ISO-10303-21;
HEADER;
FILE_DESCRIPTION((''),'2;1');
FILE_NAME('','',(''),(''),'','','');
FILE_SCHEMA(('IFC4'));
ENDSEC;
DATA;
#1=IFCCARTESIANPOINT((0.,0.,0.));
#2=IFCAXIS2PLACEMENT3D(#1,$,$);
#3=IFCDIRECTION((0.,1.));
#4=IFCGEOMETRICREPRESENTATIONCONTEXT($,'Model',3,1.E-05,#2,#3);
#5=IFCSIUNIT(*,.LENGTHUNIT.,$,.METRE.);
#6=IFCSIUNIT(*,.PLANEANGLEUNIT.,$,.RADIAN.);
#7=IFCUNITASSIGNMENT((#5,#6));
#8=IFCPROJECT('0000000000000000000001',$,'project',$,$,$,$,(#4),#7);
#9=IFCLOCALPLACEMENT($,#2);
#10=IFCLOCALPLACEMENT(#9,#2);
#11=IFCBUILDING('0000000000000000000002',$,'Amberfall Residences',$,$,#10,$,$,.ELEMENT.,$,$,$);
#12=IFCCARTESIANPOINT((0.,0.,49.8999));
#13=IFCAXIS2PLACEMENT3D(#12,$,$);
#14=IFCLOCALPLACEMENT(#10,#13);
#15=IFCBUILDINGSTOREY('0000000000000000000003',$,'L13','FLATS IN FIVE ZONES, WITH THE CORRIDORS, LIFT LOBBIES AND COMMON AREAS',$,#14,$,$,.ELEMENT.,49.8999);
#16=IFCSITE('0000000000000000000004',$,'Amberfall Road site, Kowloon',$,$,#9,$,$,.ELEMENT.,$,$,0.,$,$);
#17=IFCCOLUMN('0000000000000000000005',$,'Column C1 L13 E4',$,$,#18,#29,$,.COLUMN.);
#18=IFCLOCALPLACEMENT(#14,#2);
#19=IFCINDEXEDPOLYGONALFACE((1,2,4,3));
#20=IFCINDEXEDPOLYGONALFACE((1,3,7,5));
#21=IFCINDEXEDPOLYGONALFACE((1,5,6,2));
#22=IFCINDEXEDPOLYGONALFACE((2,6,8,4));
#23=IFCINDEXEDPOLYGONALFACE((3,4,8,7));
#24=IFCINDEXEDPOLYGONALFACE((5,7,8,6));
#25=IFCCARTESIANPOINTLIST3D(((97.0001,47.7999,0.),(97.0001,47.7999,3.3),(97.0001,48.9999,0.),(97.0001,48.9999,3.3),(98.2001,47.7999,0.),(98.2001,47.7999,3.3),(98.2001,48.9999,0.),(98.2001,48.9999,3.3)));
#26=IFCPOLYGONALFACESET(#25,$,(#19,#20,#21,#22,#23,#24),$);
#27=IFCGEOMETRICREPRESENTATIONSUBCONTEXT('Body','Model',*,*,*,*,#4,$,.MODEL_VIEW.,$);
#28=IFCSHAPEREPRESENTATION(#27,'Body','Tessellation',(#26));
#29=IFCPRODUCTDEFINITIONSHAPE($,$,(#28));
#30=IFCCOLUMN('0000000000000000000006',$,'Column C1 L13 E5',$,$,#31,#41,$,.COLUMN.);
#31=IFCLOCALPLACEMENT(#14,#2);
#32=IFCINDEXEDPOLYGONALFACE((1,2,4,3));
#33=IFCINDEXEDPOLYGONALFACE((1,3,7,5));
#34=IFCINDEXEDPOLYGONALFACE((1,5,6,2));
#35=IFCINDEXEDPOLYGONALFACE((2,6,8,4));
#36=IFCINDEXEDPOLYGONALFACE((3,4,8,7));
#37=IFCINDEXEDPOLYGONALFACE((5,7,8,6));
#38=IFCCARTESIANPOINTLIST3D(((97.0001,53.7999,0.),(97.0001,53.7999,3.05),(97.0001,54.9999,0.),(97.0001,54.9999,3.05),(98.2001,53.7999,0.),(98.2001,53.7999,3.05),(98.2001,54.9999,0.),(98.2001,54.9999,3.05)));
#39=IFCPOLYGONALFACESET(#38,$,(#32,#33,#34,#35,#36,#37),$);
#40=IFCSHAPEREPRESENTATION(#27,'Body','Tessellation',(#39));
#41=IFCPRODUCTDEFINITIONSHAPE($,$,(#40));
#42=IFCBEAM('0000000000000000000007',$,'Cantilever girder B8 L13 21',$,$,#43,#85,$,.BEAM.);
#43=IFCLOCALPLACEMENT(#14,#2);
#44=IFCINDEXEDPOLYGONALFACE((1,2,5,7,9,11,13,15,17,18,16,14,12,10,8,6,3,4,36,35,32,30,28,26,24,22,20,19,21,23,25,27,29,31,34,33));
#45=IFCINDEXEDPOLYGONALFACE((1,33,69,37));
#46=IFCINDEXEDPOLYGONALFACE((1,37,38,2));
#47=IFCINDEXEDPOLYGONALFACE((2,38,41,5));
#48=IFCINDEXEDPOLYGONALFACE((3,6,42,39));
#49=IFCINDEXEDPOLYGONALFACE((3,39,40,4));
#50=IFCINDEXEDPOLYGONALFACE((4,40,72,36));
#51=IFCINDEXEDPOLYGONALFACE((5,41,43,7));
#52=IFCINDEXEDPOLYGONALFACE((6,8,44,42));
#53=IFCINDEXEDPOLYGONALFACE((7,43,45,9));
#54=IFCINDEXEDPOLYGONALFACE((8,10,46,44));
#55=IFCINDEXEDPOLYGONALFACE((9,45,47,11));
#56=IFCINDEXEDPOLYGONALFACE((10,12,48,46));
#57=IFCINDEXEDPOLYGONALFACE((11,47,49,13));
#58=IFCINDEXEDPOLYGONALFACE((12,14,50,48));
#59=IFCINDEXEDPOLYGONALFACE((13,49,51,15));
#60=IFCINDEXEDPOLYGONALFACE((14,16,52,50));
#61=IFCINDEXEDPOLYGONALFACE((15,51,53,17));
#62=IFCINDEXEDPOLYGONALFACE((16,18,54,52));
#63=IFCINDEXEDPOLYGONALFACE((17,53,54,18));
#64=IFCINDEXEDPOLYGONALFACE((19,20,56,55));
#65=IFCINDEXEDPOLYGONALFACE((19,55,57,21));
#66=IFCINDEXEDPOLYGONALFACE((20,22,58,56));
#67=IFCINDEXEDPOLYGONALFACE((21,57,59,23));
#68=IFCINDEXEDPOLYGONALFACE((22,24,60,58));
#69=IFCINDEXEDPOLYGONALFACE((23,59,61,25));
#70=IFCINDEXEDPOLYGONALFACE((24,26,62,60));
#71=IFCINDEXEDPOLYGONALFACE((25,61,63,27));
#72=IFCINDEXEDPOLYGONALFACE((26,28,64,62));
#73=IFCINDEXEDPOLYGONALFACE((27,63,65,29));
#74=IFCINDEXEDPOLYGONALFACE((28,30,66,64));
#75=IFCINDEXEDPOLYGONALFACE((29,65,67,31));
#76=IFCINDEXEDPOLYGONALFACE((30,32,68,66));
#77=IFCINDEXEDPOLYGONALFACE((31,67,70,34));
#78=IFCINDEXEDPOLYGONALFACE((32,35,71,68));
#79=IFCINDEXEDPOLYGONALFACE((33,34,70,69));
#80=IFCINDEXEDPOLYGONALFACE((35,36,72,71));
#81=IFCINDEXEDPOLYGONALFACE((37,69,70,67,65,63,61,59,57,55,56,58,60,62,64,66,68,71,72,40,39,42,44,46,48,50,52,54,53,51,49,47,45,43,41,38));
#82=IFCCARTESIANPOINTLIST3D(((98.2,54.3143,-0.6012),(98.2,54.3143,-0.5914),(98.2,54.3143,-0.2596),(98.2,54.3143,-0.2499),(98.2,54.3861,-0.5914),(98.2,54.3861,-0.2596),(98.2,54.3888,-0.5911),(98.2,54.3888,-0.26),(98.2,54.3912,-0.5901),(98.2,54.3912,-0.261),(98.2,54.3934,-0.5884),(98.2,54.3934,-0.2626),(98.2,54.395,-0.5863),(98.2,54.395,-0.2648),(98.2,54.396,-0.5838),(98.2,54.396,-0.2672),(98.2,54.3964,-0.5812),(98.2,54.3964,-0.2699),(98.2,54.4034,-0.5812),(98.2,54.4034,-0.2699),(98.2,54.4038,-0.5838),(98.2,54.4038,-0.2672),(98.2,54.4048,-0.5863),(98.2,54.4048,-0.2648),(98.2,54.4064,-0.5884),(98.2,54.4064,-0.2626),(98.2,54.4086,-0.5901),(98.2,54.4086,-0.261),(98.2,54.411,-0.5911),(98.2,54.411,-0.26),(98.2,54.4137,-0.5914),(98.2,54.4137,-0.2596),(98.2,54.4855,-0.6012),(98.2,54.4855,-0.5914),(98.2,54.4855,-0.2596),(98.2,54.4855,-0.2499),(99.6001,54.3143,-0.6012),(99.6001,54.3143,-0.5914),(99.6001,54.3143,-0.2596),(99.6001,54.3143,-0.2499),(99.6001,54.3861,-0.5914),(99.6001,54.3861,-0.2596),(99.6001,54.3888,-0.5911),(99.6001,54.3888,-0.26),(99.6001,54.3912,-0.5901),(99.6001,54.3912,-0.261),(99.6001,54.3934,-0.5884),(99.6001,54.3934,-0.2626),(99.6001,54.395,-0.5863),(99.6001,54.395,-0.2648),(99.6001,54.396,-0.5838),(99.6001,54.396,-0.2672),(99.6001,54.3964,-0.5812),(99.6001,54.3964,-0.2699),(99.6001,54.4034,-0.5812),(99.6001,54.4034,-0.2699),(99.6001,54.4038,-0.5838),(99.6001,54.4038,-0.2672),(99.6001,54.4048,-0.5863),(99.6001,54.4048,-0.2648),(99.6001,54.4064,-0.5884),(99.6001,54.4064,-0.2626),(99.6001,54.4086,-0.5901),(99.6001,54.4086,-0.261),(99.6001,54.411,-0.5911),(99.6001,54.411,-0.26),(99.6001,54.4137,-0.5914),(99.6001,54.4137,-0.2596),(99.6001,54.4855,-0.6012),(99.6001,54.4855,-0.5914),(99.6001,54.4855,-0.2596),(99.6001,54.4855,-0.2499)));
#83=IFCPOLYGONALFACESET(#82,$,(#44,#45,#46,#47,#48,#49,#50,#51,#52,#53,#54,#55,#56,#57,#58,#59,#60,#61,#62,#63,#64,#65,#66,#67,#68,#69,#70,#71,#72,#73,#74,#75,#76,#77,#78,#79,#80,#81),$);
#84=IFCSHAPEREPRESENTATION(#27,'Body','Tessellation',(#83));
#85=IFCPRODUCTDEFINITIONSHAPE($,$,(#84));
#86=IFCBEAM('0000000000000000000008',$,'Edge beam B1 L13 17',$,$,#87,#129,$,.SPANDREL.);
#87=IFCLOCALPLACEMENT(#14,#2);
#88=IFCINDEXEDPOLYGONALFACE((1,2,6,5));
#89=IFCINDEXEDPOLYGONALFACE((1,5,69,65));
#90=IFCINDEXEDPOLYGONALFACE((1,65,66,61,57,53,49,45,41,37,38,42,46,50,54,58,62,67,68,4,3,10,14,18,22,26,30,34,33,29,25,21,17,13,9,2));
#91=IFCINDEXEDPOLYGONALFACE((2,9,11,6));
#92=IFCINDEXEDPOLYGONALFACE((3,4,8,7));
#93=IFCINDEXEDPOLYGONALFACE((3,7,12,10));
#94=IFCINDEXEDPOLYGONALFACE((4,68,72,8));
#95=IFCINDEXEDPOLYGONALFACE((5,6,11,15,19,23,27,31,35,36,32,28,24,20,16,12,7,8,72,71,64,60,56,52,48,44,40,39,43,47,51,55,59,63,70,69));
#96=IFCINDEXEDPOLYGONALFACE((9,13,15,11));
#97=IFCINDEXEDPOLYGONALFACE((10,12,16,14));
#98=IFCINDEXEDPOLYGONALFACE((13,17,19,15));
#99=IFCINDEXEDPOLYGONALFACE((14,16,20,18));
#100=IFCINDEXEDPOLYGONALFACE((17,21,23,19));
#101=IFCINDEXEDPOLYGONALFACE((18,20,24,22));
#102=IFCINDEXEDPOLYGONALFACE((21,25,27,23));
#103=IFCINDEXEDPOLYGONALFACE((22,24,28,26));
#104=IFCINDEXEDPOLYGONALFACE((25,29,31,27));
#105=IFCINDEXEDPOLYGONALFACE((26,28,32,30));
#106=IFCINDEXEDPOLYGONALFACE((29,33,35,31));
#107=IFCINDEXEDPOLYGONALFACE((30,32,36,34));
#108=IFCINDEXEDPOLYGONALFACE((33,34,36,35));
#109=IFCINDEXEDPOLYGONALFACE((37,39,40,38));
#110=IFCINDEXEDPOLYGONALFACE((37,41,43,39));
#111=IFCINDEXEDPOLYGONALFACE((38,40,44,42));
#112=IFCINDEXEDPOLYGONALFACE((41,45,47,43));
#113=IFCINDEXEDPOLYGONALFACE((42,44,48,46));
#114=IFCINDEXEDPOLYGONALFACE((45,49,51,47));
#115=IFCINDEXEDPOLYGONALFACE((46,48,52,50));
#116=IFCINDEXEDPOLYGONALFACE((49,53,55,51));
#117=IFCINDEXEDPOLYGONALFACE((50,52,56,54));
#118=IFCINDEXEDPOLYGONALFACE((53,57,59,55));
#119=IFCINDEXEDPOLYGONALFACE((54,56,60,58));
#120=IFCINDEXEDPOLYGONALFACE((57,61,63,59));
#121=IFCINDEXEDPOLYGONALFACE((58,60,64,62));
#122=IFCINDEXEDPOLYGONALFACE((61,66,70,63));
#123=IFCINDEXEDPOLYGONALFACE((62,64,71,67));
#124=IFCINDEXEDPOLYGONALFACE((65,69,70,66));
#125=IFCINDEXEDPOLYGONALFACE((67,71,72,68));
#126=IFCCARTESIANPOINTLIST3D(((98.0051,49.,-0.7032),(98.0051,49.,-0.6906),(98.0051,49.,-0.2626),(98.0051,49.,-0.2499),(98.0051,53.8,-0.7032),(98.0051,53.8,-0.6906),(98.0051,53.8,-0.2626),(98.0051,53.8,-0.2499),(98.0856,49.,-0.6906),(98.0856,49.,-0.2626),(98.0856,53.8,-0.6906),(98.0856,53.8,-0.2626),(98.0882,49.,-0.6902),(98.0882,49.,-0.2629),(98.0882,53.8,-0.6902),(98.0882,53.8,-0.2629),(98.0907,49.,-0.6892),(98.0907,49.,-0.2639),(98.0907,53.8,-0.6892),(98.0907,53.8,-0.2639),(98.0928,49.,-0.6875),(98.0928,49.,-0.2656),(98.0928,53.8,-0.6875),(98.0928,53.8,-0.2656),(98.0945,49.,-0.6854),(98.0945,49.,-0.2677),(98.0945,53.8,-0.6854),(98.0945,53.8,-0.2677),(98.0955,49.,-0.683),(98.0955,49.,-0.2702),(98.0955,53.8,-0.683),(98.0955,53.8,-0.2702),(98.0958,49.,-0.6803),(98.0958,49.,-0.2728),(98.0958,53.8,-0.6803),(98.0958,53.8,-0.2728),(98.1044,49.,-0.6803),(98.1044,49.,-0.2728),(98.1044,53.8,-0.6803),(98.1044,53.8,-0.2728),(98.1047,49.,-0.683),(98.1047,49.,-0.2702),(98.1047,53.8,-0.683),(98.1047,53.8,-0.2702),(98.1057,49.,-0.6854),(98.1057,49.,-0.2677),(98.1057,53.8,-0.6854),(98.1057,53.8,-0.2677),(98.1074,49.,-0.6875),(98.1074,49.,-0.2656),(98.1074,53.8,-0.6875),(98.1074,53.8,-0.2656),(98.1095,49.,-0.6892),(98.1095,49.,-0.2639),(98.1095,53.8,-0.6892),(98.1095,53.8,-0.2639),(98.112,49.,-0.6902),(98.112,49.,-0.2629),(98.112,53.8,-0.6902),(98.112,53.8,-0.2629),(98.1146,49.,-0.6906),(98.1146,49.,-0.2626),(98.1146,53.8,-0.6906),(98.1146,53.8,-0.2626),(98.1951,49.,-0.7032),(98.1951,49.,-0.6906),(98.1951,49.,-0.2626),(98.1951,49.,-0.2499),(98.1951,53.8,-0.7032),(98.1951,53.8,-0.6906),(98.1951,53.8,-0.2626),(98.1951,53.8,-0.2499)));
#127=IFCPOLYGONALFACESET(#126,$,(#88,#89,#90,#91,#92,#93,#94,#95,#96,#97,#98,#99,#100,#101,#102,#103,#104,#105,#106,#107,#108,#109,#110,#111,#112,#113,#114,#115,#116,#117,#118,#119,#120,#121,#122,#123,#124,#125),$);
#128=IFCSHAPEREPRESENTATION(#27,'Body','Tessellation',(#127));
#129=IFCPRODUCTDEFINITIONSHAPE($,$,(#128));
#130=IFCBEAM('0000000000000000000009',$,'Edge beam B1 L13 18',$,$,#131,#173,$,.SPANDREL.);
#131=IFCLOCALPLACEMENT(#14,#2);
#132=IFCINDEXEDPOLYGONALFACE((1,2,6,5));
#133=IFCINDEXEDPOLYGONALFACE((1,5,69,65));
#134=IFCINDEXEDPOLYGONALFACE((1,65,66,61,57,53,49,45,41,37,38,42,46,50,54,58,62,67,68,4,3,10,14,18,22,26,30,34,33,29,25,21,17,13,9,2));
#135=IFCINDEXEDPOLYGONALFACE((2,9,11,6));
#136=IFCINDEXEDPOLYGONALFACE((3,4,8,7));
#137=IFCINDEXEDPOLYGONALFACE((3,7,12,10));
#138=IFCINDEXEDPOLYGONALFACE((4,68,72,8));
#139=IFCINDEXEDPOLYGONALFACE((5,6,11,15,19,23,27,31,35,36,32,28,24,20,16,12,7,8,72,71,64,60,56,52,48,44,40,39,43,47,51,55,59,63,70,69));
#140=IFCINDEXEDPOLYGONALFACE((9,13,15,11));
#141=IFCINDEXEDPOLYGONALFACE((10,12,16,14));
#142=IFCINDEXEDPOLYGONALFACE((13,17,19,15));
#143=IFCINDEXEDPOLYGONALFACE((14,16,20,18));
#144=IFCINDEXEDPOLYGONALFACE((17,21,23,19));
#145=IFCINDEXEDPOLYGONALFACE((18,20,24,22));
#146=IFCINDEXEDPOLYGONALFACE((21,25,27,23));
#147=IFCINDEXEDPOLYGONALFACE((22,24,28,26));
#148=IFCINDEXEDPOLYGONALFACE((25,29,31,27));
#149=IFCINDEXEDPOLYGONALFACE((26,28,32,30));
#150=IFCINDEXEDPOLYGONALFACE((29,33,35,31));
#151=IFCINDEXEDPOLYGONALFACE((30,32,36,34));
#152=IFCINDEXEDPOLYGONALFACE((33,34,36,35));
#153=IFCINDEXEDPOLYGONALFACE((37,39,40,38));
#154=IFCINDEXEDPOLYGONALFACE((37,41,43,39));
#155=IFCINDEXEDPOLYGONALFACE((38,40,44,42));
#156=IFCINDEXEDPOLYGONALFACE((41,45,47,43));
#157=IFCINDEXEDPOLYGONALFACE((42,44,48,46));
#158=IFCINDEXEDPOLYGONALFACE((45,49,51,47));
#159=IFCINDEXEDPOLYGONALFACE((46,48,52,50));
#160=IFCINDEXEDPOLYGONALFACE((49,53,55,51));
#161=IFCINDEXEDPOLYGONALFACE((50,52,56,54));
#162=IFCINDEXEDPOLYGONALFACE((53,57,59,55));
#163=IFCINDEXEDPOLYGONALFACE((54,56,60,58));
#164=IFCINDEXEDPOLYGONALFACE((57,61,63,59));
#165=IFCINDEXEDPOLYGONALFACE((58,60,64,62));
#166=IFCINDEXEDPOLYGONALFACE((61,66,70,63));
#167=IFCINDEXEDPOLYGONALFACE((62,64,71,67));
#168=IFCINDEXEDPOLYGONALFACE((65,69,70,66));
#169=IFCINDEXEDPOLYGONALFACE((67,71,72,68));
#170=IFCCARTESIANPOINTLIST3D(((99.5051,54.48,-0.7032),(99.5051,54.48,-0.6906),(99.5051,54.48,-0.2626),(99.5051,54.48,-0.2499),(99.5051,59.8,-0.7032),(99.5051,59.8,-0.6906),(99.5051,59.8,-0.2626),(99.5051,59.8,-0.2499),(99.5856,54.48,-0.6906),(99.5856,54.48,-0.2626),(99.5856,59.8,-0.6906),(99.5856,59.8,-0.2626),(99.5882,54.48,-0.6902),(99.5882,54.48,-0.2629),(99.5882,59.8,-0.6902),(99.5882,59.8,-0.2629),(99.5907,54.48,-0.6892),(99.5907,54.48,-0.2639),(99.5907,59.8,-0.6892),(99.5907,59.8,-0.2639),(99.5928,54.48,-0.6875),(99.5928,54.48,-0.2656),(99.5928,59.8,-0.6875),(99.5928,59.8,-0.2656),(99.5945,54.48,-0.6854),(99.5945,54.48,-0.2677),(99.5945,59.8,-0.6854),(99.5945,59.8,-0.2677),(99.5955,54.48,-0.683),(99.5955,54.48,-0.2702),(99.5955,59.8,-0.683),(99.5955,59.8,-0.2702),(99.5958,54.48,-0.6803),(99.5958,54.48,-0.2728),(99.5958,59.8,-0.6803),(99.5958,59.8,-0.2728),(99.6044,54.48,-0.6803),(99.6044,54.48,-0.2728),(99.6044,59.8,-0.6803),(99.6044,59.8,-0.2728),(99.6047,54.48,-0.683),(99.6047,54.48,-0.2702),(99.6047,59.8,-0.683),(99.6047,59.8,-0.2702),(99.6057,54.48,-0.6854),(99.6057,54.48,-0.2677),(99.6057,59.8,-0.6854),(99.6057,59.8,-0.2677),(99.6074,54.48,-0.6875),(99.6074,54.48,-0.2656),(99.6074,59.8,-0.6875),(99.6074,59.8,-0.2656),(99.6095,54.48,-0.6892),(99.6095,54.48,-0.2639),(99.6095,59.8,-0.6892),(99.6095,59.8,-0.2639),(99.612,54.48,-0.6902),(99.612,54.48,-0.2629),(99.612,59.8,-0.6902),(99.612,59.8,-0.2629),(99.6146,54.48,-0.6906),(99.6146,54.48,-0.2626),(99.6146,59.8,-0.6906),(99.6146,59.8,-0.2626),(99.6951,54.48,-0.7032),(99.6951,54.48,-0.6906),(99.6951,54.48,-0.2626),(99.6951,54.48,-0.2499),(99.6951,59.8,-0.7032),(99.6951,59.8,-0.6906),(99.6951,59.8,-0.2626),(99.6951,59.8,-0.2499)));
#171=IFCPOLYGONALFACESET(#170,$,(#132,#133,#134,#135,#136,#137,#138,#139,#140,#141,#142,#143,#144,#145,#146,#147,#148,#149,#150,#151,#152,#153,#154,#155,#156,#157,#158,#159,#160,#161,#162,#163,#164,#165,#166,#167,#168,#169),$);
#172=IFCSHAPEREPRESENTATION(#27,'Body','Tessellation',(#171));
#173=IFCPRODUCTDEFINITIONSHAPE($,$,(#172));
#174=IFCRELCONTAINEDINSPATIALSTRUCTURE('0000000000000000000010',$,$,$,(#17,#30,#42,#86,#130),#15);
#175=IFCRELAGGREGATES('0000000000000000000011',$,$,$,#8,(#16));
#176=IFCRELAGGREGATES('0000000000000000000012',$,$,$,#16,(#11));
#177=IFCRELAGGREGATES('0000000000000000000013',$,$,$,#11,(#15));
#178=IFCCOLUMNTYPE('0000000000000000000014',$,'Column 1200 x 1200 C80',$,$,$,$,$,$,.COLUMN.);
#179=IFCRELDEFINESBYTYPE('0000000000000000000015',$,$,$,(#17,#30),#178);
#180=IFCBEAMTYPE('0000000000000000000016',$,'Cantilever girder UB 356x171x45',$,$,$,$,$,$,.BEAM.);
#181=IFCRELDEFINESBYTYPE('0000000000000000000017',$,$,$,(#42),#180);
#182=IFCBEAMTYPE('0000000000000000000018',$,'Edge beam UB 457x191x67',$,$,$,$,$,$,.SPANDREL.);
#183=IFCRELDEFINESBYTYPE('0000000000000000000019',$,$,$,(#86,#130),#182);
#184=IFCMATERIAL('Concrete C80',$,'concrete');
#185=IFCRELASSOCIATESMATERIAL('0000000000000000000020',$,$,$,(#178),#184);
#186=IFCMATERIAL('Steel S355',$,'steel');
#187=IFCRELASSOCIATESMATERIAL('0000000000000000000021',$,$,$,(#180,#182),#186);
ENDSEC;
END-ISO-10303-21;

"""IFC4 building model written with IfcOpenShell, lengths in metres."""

from ifc_helpers import new_model, si_unit, direction, frame, origin, origin_2d, place, context, subcontext, project, spatial, rectangle, i_section, extrude, material, material_profile, profile_set, type_object, element, save


model = new_model("IFC4")

# Units and contexts
model_context = context("Model", 3, precision=1e-05, world=origin(), true_north=direction((0.0, 1.0)))
body_context = subcontext(model_context, "Body", "Model", "MODEL_VIEW")
ifc_project = project(units=[si_unit("LENGTHUNIT", "METRE"), si_unit("PLANEANGLEUNIT", "RADIAN")], contexts=[model_context])

# Site, building, storey
site_placement = place(None, origin())
site = spatial("IfcSite", under=ifc_project, at=site_placement, Name="Amberfall Road site, Kowloon", CompositionType="ELEMENT", RefElevation=0.0)
building_placement = place(site_placement, origin())
building = spatial("IfcBuilding", under=site, at=building_placement, Name="Amberfall Residences", CompositionType="ELEMENT")
storey_placement = place(building_placement, frame((0.0, 0.0, 49.8999)))
storey = spatial("IfcBuildingStorey", under=building, at=storey_placement, Name="L13", Description="FLATS IN FIVE ZONES, WITH THE CORRIDORS, LIFT LOBBIES AND COMMON AREAS", CompositionType="ELEMENT", Elevation=49.8999)

# Columns
ifc_material_1 = material(Name="Concrete C80", Category="concrete")
ifc_material_profile_1 = material_profile(ifc_material_1, rectangle(XDim=1.2, YDim=1.2, at=origin_2d()), Name="Column 1200 x 1200 C80")
ifc_profile_set_1 = profile_set([ifc_material_profile_1], Name="Concrete C80")
column_type = type_object("IfcColumnType", Name="Column 1200 x 1200 C80", PredefinedType="COLUMN", material=ifc_profile_set_1)
column_1_placement = place(storey_placement, frame((97.6001, 48.3999, 0.0), z_axis=(0.0, 0.0, 1.0), x_axis=(1.0, 0.0, 0.0)))
element("IfcColumn", 1, at=column_1_placement, inside=storey, type_object=column_type, Name="Column C1 L13 E4", PredefinedType="COLUMN", context=body_context, shape_type="SweptSolid", body=[
    extrude(rectangle(XDim=1.2, YDim=1.2, at=origin_2d()), origin(), (0.0, 0.0, 1.0), 3.3),
])
column_2_placement = place(storey_placement, frame((97.6001, 54.3999, 0.0), z_axis=(0.0, 0.0, 1.0), x_axis=(1.0, 0.0, 0.0)))
element("IfcColumn", 2, at=column_2_placement, inside=storey, type_object=column_type, Name="Column C1 L13 E5", PredefinedType="COLUMN", context=body_context, shape_type="SweptSolid", body=[
    extrude(rectangle(XDim=1.2, YDim=1.2, at=origin_2d()), origin(), (0.0, 0.0, 1.0), 3.05),
])

# Beams
ifc_material_2 = material(Name="Steel S355", Category="steel")
ifc_material_profile_2 = material_profile(ifc_material_2, i_section(OverallWidth=0.1711, OverallDepth=0.3513, WebThickness=0.0071, FlangeThickness=0.0098, FilletRadius=0.0103, at=origin_2d()), Name="UB 356x171x45")
ifc_profile_set_2 = profile_set([ifc_material_profile_2], Name="Steel S355")
beam_type_1 = type_object("IfcBeamType", Name="Cantilever girder UB 356x171x45", PredefinedType="BEAM", material=ifc_profile_set_2)
beam_1_placement = place(storey_placement, frame((98.2, 54.3999, -0.4255), z_axis=(1.0, 0.0, 0.0), x_axis=(0.0, 1.0, 0.0)))
element("IfcBeam", 3, at=beam_1_placement, inside=storey, type_object=beam_type_1, Name="Cantilever girder B8 L13 21", PredefinedType="BEAM", context=body_context, shape_type="SweptSolid", body=[
    extrude(i_section(OverallWidth=0.1711, OverallDepth=0.3513, WebThickness=0.0071, FlangeThickness=0.0098, FilletRadius=0.0103, at=origin_2d()), origin(), (0.0, 0.0, 1.0), 1.4001),
])
ifc_material_profile_3 = material_profile(ifc_material_2, i_section(OverallWidth=0.1899, OverallDepth=0.4534, WebThickness=0.0085, FlangeThickness=0.0127, FilletRadius=0.0103, at=origin_2d()), Name="UB 457x191x67")
ifc_profile_set_3 = profile_set([ifc_material_profile_3], Name="Steel S355")
beam_type_2 = type_object("IfcBeamType", Name="Edge beam UB 457x191x67", PredefinedType="SPANDREL", material=ifc_profile_set_3)
beam_2_placement = place(storey_placement, frame((98.1001, 49.0, -0.4766), z_axis=(0.0, 1.0, 0.0), x_axis=(-1.0, 0.0, 0.0)))
element("IfcBeam", 4, at=beam_2_placement, inside=storey, type_object=beam_type_2, Name="Edge beam B1 L13 17", PredefinedType="SPANDREL", context=body_context, shape_type="SweptSolid", body=[
    extrude(i_section(OverallWidth=0.1899, OverallDepth=0.4534, WebThickness=0.0085, FlangeThickness=0.0127, FilletRadius=0.0103, at=origin_2d()), origin(), (0.0, 0.0, 1.0), 4.8),
])
beam_3_placement = place(storey_placement, frame((99.6001, 54.48, -0.4766), z_axis=(0.0, 1.0, 0.0), x_axis=(-1.0, 0.0, 0.0)))
element("IfcBeam", 5, at=beam_3_placement, inside=storey, type_object=beam_type_2, Name="Edge beam B1 L13 18", PredefinedType="SPANDREL", context=body_context, shape_type="SweptSolid", body=[
    extrude(i_section(OverallWidth=0.1899, OverallDepth=0.4534, WebThickness=0.0085, FlangeThickness=0.0127, FilletRadius=0.0103, at=origin_2d()), origin(), (0.0, 0.0, 1.0), 5.3201),
])

save(model, "model.ifc")
